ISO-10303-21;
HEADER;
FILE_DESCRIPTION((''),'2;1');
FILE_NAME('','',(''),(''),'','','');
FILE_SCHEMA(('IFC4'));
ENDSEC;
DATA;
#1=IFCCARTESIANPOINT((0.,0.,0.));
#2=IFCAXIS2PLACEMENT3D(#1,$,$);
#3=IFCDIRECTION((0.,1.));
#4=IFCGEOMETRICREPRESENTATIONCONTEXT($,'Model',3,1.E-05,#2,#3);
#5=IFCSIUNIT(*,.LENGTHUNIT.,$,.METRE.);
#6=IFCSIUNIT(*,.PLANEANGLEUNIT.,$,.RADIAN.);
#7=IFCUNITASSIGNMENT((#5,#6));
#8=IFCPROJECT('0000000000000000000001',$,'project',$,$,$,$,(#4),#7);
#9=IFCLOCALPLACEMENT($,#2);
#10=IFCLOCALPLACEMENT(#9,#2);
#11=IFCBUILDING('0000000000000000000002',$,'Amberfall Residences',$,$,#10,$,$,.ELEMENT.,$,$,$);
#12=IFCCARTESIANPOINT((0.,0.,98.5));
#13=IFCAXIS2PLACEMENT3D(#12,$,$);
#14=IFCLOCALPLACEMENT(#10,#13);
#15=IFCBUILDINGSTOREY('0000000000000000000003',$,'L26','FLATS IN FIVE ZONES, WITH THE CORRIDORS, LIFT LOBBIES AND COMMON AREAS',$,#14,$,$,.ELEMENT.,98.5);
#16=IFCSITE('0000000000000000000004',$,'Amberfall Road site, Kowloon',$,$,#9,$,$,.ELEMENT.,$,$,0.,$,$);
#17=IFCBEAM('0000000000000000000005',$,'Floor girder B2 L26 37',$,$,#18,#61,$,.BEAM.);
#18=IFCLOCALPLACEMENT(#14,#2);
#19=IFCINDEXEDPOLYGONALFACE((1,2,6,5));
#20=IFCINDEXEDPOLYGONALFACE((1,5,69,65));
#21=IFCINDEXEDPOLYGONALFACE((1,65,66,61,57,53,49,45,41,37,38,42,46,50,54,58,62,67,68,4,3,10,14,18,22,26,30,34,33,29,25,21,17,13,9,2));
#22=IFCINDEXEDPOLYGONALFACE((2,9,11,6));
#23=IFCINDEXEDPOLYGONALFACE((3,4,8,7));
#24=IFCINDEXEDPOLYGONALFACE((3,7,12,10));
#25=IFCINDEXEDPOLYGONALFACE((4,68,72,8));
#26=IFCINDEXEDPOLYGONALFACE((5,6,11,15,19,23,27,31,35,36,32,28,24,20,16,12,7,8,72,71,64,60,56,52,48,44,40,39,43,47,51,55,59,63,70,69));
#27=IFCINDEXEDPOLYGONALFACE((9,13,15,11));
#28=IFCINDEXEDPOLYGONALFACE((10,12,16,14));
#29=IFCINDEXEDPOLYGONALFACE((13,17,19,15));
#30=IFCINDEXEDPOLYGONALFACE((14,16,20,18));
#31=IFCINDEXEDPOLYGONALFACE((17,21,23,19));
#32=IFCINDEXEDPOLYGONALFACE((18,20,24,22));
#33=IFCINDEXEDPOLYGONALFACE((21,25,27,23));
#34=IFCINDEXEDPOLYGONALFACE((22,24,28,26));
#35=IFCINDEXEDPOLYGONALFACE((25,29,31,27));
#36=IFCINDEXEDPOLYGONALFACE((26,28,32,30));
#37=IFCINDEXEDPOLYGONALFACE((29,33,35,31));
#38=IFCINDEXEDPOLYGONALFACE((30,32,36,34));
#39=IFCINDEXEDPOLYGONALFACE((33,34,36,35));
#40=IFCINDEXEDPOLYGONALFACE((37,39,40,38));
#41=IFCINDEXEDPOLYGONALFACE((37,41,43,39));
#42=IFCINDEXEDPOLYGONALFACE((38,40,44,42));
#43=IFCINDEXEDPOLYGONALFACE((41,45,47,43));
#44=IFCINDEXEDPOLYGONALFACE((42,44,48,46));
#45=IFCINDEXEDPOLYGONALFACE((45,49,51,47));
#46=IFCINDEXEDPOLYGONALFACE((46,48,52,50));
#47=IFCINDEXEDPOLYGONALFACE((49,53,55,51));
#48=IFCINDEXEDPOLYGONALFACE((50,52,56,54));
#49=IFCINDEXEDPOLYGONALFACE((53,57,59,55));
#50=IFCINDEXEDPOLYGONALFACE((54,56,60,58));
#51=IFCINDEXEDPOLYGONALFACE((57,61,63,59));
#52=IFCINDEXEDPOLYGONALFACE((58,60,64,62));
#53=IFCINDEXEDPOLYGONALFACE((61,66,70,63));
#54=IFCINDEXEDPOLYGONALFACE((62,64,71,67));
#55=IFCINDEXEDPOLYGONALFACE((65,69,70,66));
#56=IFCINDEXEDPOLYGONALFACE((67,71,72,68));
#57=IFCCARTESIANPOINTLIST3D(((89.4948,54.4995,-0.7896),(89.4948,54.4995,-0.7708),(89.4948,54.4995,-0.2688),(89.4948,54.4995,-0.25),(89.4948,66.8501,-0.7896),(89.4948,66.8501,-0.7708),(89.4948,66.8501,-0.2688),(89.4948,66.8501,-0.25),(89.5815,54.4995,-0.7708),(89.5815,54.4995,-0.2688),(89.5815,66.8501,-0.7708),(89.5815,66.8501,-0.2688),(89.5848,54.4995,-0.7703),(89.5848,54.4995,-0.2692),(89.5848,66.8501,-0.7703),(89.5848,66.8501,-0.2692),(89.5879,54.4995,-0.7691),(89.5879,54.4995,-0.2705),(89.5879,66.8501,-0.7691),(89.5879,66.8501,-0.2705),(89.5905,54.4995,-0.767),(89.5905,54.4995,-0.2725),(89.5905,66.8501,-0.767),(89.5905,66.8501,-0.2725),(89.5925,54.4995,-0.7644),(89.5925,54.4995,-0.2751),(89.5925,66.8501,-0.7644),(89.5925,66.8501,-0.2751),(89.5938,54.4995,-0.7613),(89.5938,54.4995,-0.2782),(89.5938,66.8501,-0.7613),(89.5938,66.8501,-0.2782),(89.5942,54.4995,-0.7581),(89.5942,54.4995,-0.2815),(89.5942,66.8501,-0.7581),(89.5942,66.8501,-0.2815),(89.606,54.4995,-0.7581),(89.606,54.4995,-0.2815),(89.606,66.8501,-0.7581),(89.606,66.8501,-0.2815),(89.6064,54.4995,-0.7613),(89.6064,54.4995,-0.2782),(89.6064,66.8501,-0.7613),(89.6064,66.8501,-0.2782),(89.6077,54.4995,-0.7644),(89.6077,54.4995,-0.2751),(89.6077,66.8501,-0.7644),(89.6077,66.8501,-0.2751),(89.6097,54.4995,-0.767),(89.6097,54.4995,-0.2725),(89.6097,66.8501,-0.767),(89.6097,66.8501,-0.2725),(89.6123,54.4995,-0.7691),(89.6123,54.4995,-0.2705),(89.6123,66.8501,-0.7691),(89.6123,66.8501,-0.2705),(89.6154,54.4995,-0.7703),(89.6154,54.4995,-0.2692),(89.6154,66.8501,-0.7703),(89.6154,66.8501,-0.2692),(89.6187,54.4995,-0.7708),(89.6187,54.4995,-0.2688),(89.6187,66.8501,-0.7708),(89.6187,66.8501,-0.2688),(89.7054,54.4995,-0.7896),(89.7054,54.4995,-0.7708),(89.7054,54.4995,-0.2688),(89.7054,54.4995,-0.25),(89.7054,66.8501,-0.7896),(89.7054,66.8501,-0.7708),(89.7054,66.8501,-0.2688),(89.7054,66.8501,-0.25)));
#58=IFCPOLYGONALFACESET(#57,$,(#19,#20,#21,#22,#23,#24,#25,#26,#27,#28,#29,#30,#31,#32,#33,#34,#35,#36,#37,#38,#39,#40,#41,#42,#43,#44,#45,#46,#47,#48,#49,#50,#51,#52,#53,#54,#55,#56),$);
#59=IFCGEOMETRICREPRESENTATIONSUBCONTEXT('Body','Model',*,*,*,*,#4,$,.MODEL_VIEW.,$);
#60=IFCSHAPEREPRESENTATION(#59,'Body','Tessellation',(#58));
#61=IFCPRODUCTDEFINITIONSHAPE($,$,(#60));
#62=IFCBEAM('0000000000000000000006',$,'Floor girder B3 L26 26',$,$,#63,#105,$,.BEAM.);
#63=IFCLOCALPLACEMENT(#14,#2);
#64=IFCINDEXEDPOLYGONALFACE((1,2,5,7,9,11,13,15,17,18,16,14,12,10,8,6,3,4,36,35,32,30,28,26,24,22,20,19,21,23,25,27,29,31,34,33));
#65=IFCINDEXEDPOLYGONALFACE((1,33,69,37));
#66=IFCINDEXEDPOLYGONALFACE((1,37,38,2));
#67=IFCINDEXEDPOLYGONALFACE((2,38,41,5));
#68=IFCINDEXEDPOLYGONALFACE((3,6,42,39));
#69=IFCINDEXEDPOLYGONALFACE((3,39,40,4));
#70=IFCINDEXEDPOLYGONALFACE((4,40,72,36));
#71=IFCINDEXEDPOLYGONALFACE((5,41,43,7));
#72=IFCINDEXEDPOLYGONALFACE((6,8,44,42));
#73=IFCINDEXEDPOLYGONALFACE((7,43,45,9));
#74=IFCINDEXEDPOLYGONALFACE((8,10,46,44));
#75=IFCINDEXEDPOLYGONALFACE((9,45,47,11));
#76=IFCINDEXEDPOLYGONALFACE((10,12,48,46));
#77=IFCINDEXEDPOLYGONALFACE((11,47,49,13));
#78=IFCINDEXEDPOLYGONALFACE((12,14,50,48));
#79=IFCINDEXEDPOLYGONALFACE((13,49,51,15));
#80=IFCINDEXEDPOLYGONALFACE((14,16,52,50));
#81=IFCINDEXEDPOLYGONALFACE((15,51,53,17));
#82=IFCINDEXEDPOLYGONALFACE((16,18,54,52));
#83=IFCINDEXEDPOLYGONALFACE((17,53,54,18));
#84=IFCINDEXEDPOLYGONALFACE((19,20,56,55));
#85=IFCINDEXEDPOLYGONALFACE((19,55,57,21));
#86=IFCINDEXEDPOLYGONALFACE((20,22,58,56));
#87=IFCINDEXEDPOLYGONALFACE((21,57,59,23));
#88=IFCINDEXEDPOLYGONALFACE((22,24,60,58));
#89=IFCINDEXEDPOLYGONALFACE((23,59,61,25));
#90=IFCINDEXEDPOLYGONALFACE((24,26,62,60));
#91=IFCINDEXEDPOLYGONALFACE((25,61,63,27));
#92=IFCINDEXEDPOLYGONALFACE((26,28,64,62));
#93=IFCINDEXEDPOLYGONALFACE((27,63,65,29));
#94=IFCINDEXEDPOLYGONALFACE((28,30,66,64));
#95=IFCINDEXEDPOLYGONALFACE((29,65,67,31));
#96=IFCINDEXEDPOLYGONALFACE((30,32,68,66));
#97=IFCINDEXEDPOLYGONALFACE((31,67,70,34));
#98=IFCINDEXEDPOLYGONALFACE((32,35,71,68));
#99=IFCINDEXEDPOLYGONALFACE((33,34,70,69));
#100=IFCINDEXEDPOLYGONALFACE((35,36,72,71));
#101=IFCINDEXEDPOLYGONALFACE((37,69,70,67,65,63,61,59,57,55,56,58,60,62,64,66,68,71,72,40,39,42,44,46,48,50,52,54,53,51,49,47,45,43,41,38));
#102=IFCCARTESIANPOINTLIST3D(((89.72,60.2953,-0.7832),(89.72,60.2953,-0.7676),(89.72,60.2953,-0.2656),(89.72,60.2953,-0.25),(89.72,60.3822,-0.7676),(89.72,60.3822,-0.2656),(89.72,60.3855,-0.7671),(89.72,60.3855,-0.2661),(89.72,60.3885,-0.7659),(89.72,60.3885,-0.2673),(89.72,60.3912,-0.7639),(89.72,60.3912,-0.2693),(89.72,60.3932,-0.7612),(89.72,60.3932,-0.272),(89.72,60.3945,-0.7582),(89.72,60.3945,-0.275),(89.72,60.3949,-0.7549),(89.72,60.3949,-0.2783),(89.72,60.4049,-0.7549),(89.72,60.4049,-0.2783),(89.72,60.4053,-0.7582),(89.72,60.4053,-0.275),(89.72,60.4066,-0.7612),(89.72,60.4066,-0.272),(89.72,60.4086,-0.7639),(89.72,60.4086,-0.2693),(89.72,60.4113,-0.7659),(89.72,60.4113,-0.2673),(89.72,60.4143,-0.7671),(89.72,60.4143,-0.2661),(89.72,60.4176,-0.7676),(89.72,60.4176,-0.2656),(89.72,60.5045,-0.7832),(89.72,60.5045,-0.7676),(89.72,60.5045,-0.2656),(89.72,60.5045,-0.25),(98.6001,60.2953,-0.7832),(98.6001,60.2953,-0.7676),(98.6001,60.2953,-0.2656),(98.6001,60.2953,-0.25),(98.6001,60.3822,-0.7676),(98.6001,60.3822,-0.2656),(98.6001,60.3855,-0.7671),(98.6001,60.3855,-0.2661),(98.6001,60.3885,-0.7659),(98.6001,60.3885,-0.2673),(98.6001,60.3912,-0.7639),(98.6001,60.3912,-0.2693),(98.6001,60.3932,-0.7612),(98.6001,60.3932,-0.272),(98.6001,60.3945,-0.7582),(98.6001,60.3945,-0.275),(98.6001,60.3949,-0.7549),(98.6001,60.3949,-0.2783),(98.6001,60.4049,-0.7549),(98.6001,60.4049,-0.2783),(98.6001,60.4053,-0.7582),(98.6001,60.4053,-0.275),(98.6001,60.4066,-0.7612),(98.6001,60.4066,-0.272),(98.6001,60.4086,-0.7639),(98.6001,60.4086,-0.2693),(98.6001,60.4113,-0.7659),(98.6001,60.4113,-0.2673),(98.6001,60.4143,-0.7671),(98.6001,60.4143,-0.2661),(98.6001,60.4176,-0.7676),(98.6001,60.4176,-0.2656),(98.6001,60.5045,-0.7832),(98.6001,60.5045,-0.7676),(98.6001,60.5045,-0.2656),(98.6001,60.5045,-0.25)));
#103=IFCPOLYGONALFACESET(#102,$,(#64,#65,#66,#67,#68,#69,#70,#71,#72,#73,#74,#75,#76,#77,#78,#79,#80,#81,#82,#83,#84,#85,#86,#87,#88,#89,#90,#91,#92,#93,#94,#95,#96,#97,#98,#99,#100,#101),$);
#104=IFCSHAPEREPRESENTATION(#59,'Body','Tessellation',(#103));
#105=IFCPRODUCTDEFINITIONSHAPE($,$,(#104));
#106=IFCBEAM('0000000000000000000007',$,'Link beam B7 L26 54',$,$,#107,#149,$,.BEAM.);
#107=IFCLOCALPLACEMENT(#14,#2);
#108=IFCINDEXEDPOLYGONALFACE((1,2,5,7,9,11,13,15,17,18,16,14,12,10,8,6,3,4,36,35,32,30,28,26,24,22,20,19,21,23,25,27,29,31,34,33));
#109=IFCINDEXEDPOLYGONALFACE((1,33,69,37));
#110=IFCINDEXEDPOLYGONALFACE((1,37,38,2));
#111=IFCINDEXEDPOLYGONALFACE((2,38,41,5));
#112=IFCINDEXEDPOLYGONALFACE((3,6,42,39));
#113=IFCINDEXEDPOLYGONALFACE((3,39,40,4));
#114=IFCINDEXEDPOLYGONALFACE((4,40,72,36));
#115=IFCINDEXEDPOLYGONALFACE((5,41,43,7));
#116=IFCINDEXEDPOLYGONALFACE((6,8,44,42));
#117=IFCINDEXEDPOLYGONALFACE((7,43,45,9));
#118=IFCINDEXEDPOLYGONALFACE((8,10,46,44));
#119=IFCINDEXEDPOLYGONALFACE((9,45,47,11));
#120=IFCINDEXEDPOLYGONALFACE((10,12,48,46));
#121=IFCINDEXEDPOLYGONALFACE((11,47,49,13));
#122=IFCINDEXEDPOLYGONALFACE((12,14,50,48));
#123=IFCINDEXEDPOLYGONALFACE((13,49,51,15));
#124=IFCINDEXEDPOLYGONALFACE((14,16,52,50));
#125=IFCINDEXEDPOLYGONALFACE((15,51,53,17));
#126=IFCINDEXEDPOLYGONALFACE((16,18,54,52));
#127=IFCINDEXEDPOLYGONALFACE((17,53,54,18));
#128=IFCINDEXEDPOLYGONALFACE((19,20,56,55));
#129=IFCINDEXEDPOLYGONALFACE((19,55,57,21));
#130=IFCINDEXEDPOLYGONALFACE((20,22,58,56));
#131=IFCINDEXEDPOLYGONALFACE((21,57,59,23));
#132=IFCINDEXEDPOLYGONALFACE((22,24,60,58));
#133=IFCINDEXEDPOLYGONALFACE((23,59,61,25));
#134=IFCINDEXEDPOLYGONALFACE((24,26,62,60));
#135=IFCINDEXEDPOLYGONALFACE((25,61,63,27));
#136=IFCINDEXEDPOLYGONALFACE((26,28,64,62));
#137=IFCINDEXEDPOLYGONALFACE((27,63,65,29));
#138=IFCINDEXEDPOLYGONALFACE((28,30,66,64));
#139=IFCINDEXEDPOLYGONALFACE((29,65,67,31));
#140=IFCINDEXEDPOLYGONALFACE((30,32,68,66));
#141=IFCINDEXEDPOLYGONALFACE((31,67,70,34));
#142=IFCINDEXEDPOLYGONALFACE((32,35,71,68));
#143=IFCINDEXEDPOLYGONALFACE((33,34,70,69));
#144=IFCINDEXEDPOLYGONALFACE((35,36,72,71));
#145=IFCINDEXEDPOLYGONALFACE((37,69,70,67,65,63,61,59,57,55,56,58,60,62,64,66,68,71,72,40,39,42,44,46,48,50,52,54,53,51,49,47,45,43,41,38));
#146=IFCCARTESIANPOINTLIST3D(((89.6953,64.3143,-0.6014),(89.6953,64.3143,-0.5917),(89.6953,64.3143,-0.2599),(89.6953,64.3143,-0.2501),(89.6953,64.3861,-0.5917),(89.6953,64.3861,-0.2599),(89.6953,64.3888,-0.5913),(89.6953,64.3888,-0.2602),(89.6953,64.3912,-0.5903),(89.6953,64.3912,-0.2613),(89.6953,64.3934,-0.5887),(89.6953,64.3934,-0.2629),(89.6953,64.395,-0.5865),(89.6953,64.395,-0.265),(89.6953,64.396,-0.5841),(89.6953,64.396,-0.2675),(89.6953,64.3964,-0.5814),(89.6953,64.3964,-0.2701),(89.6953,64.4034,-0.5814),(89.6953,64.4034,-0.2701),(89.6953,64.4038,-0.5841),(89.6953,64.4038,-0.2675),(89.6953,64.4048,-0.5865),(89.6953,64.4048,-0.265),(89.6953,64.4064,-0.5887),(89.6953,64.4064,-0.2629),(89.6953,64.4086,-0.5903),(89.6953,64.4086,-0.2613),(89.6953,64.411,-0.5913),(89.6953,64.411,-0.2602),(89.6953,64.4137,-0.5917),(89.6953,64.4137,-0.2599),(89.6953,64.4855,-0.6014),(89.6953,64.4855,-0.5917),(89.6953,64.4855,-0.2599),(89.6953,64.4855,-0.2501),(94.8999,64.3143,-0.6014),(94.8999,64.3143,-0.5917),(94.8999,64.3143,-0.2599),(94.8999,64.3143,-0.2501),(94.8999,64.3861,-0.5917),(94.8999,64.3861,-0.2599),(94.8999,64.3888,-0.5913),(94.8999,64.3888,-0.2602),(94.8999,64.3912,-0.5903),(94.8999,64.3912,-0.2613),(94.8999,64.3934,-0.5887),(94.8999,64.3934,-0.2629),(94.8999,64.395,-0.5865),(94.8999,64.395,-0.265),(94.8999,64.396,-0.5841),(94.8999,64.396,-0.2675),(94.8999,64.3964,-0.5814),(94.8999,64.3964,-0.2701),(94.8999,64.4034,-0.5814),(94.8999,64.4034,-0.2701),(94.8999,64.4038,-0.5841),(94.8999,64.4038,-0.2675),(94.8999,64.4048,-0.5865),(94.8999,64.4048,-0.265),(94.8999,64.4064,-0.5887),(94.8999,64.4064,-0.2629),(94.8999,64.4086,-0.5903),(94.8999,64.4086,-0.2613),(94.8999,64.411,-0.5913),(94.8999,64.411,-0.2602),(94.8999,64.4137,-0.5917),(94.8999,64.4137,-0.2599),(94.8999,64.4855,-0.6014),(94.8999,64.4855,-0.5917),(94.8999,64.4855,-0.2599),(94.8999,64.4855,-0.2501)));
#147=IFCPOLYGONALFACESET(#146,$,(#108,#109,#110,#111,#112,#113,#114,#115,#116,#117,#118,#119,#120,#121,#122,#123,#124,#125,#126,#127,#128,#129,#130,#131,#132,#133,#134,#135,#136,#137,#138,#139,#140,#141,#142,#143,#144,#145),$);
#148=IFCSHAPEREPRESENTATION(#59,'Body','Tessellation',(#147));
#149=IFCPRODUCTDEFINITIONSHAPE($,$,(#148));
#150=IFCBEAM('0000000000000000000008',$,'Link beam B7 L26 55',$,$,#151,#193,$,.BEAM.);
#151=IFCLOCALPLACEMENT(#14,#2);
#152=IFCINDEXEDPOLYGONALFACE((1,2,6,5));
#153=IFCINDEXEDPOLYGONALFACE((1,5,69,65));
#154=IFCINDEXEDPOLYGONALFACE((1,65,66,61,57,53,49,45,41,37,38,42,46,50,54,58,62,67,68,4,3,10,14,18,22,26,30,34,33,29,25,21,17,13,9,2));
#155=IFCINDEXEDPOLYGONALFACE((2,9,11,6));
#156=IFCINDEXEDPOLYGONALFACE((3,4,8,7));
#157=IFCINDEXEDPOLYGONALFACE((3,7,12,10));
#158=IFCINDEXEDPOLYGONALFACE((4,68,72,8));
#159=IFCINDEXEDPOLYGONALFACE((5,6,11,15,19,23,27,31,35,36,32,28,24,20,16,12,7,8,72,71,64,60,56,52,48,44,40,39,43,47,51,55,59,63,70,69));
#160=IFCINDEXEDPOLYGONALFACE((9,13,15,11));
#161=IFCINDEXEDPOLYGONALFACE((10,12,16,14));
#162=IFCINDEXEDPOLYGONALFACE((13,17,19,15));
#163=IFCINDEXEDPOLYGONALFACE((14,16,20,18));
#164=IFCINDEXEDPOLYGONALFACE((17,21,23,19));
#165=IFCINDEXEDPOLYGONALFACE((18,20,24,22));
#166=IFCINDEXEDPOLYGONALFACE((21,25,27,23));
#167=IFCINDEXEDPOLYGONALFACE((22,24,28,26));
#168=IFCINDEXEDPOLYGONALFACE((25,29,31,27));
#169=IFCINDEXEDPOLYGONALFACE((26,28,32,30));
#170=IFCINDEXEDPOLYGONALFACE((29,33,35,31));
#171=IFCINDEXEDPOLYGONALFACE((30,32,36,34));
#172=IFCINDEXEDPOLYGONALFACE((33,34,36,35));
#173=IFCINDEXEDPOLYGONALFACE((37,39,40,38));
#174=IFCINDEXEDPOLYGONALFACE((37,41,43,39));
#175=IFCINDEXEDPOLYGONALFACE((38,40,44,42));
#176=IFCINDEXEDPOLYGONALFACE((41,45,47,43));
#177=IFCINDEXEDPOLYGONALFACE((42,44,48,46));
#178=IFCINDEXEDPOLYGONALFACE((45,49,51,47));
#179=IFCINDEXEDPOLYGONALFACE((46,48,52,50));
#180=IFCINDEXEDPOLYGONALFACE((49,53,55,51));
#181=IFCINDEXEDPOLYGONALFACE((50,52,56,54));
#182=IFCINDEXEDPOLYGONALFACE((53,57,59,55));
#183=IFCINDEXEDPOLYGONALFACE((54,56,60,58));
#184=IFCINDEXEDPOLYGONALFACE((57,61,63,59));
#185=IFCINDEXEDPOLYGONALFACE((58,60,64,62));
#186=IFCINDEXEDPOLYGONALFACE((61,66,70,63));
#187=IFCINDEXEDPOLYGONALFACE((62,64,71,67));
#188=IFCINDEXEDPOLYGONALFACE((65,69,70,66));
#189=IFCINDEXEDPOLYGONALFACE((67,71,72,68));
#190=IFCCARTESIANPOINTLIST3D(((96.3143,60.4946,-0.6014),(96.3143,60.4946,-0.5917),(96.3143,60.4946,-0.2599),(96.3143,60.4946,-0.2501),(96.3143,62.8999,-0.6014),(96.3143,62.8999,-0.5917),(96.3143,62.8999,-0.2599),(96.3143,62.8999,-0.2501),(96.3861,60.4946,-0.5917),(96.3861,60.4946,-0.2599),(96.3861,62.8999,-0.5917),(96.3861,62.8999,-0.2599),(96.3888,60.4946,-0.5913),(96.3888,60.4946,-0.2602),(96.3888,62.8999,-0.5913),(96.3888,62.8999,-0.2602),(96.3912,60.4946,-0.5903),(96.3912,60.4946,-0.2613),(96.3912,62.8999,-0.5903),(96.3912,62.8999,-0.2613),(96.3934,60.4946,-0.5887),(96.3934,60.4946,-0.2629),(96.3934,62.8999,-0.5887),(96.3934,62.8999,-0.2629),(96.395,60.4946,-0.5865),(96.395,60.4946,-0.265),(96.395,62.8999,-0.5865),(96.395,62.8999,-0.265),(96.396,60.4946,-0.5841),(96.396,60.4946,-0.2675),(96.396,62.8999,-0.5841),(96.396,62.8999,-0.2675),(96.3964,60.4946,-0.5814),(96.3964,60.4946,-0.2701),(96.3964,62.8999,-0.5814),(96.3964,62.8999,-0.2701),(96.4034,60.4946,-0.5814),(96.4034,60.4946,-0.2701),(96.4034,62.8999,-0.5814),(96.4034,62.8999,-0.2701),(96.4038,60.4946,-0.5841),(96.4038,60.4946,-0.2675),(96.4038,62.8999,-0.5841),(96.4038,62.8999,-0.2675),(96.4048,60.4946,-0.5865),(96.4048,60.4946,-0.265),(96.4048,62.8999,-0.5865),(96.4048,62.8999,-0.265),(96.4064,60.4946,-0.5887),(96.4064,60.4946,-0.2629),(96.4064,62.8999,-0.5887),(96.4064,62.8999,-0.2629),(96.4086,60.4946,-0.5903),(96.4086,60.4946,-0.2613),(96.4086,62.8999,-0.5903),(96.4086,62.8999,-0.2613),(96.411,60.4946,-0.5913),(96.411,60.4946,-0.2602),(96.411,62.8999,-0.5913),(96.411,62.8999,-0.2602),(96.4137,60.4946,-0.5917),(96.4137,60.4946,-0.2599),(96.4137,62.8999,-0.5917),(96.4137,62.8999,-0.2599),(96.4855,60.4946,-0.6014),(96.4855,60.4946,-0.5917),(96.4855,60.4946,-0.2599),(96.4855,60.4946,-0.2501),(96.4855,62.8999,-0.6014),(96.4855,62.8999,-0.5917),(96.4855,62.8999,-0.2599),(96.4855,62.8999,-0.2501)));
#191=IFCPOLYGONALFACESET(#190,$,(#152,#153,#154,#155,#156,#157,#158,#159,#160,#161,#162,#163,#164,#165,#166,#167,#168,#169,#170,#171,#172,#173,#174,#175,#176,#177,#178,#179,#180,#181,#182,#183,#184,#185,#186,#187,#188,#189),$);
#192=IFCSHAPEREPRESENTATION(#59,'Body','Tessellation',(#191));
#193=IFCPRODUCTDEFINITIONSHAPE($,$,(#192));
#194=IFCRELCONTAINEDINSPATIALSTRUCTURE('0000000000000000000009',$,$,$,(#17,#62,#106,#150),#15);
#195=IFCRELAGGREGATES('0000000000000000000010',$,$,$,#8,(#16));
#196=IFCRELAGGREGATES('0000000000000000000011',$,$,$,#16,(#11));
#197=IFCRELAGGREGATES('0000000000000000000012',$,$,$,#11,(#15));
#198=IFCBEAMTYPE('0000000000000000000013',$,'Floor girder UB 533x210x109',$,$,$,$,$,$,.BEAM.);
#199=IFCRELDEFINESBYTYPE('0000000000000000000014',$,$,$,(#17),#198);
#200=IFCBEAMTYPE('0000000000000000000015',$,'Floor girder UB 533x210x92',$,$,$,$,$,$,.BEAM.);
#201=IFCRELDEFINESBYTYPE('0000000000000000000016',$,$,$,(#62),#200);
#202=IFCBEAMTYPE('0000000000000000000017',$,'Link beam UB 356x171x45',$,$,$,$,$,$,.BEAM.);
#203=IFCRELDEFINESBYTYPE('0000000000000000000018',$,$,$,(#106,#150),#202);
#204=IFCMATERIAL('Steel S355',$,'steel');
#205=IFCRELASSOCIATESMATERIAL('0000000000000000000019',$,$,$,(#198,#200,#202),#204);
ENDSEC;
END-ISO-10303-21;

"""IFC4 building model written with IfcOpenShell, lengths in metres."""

from ifc_helpers import new_model, si_unit, direction, frame, origin, origin_2d, place, context, subcontext, project, spatial, i_section, extrude, material, material_profile, profile_set, type_object, element, save


model = new_model("IFC4")

# Units and contexts
model_context = context("Model", 3, precision=1e-05, world=origin(), true_north=direction((0.0, 1.0)))
body_context = subcontext(model_context, "Body", "Model", "MODEL_VIEW")
ifc_project = project(units=[si_unit("LENGTHUNIT", "METRE"), si_unit("PLANEANGLEUNIT", "RADIAN")], contexts=[model_context])

# Site, building, storey
site_placement = place(None, origin())
site = spatial("IfcSite", under=ifc_project, at=site_placement, Name="Amberfall Road site, Kowloon", CompositionType="ELEMENT", RefElevation=0.0)
building_placement = place(site_placement, origin())
building = spatial("IfcBuilding", under=site, at=building_placement, Name="Amberfall Residences", CompositionType="ELEMENT")
storey_placement = place(building_placement, frame((0.0, 0.0, 98.5)))
storey = spatial("IfcBuildingStorey", under=building, at=storey_placement, Name="L26", Description="FLATS IN FIVE ZONES, WITH THE CORRIDORS, LIFT LOBBIES AND COMMON AREAS", CompositionType="ELEMENT", Elevation=98.5)

# Beams
ifc_material_1 = material(Name="Steel S355", Category="steel")
ifc_material_profile_1 = material_profile(ifc_material_1, i_section(OverallWidth=0.2107, OverallDepth=0.5396, WebThickness=0.0117, FlangeThickness=0.0188, FilletRadius=0.0127, at=origin_2d()), Name="UB 533x210x109")
ifc_profile_set_1 = profile_set([ifc_material_profile_1], Name="Steel S355")
beam_type_1 = type_object("IfcBeamType", Name="Floor girder UB 533x210x109", PredefinedType="BEAM", material=ifc_profile_set_1)
beam_1_placement = place(storey_placement, frame((89.6001, 66.8501, -0.5198), z_axis=(0.0, -1.0, 0.0), x_axis=(1.0, 0.0, 0.0)))
element("IfcBeam", 1, at=beam_1_placement, inside=storey, type_object=beam_type_1, Name="Floor girder B2 L26 37", PredefinedType="BEAM", context=body_context, shape_type="SweptSolid", body=[
    extrude(i_section(OverallWidth=0.2107, OverallDepth=0.5396, WebThickness=0.0117, FlangeThickness=0.0188, FilletRadius=0.0127, at=origin_2d()), origin(), (0.0, 0.0, 1.0), 12.3506),
])
ifc_material_profile_2 = material_profile(ifc_material_1, i_section(OverallWidth=0.2092, OverallDepth=0.5332, WebThickness=0.01, FlangeThickness=0.0156, FilletRadius=0.0127, at=origin_2d()), Name="UB 533x210x92")
ifc_profile_set_2 = profile_set([ifc_material_profile_2], Name="Steel S355")
beam_type_2 = type_object("IfcBeamType", Name="Floor girder UB 533x210x92", PredefinedType="BEAM", material=ifc_profile_set_2)
beam_2_placement = place(storey_placement, frame((98.6001, 60.3999, -0.5166), z_axis=(-1.0, 0.0, 0.0), x_axis=(0.0, -1.0, 0.0)))
element("IfcBeam", 2, at=beam_2_placement, inside=storey, type_object=beam_type_2, Name="Floor girder B3 L26 26", PredefinedType="BEAM", context=body_context, shape_type="SweptSolid", body=[
    extrude(i_section(OverallWidth=0.2092, OverallDepth=0.5332, WebThickness=0.01, FlangeThickness=0.0156, FilletRadius=0.0127, at=origin_2d()), origin(), (0.0, 0.0, 1.0), 8.8801),
])
ifc_material_profile_3 = material_profile(ifc_material_1, i_section(OverallWidth=0.1711, OverallDepth=0.3513, WebThickness=0.0071, FlangeThickness=0.0098, FilletRadius=0.0103, at=origin_2d()), Name="UB 356x171x45")
ifc_profile_set_3 = profile_set([ifc_material_profile_3], Name="Steel S355")
beam_type_3 = type_object("IfcBeamType", Name="Link beam UB 356x171x45", PredefinedType="BEAM", material=ifc_profile_set_3)
beam_3_placement = place(storey_placement, frame((94.8999, 64.3999, -0.4258), z_axis=(-1.0, 0.0, 0.0), x_axis=(0.0, -1.0, 0.0)))
element("IfcBeam", 3, at=beam_3_placement, inside=storey, type_object=beam_type_3, Name="Link beam B7 L26 54", PredefinedType="BEAM", context=body_context, shape_type="SweptSolid", body=[
    extrude(i_section(OverallWidth=0.1711, OverallDepth=0.3513, WebThickness=0.0071, FlangeThickness=0.0098, FilletRadius=0.0103, at=origin_2d()), origin(), (0.0, 0.0, 1.0), 5.2046),
])
beam_4_placement = place(storey_placement, frame((96.3999, 62.8999, -0.4258), z_axis=(0.0, -1.0, 0.0), x_axis=(1.0, 0.0, 0.0)))
element("IfcBeam", 4, at=beam_4_placement, inside=storey, type_object=beam_type_3, Name="Link beam B7 L26 55", PredefinedType="BEAM", context=body_context, shape_type="SweptSolid", body=[
    extrude(i_section(OverallWidth=0.1711, OverallDepth=0.3513, WebThickness=0.0071, FlangeThickness=0.0098, FilletRadius=0.0103, at=origin_2d()), origin(), (0.0, 0.0, 1.0), 2.4053),
])

save(model, "model.ifc")
